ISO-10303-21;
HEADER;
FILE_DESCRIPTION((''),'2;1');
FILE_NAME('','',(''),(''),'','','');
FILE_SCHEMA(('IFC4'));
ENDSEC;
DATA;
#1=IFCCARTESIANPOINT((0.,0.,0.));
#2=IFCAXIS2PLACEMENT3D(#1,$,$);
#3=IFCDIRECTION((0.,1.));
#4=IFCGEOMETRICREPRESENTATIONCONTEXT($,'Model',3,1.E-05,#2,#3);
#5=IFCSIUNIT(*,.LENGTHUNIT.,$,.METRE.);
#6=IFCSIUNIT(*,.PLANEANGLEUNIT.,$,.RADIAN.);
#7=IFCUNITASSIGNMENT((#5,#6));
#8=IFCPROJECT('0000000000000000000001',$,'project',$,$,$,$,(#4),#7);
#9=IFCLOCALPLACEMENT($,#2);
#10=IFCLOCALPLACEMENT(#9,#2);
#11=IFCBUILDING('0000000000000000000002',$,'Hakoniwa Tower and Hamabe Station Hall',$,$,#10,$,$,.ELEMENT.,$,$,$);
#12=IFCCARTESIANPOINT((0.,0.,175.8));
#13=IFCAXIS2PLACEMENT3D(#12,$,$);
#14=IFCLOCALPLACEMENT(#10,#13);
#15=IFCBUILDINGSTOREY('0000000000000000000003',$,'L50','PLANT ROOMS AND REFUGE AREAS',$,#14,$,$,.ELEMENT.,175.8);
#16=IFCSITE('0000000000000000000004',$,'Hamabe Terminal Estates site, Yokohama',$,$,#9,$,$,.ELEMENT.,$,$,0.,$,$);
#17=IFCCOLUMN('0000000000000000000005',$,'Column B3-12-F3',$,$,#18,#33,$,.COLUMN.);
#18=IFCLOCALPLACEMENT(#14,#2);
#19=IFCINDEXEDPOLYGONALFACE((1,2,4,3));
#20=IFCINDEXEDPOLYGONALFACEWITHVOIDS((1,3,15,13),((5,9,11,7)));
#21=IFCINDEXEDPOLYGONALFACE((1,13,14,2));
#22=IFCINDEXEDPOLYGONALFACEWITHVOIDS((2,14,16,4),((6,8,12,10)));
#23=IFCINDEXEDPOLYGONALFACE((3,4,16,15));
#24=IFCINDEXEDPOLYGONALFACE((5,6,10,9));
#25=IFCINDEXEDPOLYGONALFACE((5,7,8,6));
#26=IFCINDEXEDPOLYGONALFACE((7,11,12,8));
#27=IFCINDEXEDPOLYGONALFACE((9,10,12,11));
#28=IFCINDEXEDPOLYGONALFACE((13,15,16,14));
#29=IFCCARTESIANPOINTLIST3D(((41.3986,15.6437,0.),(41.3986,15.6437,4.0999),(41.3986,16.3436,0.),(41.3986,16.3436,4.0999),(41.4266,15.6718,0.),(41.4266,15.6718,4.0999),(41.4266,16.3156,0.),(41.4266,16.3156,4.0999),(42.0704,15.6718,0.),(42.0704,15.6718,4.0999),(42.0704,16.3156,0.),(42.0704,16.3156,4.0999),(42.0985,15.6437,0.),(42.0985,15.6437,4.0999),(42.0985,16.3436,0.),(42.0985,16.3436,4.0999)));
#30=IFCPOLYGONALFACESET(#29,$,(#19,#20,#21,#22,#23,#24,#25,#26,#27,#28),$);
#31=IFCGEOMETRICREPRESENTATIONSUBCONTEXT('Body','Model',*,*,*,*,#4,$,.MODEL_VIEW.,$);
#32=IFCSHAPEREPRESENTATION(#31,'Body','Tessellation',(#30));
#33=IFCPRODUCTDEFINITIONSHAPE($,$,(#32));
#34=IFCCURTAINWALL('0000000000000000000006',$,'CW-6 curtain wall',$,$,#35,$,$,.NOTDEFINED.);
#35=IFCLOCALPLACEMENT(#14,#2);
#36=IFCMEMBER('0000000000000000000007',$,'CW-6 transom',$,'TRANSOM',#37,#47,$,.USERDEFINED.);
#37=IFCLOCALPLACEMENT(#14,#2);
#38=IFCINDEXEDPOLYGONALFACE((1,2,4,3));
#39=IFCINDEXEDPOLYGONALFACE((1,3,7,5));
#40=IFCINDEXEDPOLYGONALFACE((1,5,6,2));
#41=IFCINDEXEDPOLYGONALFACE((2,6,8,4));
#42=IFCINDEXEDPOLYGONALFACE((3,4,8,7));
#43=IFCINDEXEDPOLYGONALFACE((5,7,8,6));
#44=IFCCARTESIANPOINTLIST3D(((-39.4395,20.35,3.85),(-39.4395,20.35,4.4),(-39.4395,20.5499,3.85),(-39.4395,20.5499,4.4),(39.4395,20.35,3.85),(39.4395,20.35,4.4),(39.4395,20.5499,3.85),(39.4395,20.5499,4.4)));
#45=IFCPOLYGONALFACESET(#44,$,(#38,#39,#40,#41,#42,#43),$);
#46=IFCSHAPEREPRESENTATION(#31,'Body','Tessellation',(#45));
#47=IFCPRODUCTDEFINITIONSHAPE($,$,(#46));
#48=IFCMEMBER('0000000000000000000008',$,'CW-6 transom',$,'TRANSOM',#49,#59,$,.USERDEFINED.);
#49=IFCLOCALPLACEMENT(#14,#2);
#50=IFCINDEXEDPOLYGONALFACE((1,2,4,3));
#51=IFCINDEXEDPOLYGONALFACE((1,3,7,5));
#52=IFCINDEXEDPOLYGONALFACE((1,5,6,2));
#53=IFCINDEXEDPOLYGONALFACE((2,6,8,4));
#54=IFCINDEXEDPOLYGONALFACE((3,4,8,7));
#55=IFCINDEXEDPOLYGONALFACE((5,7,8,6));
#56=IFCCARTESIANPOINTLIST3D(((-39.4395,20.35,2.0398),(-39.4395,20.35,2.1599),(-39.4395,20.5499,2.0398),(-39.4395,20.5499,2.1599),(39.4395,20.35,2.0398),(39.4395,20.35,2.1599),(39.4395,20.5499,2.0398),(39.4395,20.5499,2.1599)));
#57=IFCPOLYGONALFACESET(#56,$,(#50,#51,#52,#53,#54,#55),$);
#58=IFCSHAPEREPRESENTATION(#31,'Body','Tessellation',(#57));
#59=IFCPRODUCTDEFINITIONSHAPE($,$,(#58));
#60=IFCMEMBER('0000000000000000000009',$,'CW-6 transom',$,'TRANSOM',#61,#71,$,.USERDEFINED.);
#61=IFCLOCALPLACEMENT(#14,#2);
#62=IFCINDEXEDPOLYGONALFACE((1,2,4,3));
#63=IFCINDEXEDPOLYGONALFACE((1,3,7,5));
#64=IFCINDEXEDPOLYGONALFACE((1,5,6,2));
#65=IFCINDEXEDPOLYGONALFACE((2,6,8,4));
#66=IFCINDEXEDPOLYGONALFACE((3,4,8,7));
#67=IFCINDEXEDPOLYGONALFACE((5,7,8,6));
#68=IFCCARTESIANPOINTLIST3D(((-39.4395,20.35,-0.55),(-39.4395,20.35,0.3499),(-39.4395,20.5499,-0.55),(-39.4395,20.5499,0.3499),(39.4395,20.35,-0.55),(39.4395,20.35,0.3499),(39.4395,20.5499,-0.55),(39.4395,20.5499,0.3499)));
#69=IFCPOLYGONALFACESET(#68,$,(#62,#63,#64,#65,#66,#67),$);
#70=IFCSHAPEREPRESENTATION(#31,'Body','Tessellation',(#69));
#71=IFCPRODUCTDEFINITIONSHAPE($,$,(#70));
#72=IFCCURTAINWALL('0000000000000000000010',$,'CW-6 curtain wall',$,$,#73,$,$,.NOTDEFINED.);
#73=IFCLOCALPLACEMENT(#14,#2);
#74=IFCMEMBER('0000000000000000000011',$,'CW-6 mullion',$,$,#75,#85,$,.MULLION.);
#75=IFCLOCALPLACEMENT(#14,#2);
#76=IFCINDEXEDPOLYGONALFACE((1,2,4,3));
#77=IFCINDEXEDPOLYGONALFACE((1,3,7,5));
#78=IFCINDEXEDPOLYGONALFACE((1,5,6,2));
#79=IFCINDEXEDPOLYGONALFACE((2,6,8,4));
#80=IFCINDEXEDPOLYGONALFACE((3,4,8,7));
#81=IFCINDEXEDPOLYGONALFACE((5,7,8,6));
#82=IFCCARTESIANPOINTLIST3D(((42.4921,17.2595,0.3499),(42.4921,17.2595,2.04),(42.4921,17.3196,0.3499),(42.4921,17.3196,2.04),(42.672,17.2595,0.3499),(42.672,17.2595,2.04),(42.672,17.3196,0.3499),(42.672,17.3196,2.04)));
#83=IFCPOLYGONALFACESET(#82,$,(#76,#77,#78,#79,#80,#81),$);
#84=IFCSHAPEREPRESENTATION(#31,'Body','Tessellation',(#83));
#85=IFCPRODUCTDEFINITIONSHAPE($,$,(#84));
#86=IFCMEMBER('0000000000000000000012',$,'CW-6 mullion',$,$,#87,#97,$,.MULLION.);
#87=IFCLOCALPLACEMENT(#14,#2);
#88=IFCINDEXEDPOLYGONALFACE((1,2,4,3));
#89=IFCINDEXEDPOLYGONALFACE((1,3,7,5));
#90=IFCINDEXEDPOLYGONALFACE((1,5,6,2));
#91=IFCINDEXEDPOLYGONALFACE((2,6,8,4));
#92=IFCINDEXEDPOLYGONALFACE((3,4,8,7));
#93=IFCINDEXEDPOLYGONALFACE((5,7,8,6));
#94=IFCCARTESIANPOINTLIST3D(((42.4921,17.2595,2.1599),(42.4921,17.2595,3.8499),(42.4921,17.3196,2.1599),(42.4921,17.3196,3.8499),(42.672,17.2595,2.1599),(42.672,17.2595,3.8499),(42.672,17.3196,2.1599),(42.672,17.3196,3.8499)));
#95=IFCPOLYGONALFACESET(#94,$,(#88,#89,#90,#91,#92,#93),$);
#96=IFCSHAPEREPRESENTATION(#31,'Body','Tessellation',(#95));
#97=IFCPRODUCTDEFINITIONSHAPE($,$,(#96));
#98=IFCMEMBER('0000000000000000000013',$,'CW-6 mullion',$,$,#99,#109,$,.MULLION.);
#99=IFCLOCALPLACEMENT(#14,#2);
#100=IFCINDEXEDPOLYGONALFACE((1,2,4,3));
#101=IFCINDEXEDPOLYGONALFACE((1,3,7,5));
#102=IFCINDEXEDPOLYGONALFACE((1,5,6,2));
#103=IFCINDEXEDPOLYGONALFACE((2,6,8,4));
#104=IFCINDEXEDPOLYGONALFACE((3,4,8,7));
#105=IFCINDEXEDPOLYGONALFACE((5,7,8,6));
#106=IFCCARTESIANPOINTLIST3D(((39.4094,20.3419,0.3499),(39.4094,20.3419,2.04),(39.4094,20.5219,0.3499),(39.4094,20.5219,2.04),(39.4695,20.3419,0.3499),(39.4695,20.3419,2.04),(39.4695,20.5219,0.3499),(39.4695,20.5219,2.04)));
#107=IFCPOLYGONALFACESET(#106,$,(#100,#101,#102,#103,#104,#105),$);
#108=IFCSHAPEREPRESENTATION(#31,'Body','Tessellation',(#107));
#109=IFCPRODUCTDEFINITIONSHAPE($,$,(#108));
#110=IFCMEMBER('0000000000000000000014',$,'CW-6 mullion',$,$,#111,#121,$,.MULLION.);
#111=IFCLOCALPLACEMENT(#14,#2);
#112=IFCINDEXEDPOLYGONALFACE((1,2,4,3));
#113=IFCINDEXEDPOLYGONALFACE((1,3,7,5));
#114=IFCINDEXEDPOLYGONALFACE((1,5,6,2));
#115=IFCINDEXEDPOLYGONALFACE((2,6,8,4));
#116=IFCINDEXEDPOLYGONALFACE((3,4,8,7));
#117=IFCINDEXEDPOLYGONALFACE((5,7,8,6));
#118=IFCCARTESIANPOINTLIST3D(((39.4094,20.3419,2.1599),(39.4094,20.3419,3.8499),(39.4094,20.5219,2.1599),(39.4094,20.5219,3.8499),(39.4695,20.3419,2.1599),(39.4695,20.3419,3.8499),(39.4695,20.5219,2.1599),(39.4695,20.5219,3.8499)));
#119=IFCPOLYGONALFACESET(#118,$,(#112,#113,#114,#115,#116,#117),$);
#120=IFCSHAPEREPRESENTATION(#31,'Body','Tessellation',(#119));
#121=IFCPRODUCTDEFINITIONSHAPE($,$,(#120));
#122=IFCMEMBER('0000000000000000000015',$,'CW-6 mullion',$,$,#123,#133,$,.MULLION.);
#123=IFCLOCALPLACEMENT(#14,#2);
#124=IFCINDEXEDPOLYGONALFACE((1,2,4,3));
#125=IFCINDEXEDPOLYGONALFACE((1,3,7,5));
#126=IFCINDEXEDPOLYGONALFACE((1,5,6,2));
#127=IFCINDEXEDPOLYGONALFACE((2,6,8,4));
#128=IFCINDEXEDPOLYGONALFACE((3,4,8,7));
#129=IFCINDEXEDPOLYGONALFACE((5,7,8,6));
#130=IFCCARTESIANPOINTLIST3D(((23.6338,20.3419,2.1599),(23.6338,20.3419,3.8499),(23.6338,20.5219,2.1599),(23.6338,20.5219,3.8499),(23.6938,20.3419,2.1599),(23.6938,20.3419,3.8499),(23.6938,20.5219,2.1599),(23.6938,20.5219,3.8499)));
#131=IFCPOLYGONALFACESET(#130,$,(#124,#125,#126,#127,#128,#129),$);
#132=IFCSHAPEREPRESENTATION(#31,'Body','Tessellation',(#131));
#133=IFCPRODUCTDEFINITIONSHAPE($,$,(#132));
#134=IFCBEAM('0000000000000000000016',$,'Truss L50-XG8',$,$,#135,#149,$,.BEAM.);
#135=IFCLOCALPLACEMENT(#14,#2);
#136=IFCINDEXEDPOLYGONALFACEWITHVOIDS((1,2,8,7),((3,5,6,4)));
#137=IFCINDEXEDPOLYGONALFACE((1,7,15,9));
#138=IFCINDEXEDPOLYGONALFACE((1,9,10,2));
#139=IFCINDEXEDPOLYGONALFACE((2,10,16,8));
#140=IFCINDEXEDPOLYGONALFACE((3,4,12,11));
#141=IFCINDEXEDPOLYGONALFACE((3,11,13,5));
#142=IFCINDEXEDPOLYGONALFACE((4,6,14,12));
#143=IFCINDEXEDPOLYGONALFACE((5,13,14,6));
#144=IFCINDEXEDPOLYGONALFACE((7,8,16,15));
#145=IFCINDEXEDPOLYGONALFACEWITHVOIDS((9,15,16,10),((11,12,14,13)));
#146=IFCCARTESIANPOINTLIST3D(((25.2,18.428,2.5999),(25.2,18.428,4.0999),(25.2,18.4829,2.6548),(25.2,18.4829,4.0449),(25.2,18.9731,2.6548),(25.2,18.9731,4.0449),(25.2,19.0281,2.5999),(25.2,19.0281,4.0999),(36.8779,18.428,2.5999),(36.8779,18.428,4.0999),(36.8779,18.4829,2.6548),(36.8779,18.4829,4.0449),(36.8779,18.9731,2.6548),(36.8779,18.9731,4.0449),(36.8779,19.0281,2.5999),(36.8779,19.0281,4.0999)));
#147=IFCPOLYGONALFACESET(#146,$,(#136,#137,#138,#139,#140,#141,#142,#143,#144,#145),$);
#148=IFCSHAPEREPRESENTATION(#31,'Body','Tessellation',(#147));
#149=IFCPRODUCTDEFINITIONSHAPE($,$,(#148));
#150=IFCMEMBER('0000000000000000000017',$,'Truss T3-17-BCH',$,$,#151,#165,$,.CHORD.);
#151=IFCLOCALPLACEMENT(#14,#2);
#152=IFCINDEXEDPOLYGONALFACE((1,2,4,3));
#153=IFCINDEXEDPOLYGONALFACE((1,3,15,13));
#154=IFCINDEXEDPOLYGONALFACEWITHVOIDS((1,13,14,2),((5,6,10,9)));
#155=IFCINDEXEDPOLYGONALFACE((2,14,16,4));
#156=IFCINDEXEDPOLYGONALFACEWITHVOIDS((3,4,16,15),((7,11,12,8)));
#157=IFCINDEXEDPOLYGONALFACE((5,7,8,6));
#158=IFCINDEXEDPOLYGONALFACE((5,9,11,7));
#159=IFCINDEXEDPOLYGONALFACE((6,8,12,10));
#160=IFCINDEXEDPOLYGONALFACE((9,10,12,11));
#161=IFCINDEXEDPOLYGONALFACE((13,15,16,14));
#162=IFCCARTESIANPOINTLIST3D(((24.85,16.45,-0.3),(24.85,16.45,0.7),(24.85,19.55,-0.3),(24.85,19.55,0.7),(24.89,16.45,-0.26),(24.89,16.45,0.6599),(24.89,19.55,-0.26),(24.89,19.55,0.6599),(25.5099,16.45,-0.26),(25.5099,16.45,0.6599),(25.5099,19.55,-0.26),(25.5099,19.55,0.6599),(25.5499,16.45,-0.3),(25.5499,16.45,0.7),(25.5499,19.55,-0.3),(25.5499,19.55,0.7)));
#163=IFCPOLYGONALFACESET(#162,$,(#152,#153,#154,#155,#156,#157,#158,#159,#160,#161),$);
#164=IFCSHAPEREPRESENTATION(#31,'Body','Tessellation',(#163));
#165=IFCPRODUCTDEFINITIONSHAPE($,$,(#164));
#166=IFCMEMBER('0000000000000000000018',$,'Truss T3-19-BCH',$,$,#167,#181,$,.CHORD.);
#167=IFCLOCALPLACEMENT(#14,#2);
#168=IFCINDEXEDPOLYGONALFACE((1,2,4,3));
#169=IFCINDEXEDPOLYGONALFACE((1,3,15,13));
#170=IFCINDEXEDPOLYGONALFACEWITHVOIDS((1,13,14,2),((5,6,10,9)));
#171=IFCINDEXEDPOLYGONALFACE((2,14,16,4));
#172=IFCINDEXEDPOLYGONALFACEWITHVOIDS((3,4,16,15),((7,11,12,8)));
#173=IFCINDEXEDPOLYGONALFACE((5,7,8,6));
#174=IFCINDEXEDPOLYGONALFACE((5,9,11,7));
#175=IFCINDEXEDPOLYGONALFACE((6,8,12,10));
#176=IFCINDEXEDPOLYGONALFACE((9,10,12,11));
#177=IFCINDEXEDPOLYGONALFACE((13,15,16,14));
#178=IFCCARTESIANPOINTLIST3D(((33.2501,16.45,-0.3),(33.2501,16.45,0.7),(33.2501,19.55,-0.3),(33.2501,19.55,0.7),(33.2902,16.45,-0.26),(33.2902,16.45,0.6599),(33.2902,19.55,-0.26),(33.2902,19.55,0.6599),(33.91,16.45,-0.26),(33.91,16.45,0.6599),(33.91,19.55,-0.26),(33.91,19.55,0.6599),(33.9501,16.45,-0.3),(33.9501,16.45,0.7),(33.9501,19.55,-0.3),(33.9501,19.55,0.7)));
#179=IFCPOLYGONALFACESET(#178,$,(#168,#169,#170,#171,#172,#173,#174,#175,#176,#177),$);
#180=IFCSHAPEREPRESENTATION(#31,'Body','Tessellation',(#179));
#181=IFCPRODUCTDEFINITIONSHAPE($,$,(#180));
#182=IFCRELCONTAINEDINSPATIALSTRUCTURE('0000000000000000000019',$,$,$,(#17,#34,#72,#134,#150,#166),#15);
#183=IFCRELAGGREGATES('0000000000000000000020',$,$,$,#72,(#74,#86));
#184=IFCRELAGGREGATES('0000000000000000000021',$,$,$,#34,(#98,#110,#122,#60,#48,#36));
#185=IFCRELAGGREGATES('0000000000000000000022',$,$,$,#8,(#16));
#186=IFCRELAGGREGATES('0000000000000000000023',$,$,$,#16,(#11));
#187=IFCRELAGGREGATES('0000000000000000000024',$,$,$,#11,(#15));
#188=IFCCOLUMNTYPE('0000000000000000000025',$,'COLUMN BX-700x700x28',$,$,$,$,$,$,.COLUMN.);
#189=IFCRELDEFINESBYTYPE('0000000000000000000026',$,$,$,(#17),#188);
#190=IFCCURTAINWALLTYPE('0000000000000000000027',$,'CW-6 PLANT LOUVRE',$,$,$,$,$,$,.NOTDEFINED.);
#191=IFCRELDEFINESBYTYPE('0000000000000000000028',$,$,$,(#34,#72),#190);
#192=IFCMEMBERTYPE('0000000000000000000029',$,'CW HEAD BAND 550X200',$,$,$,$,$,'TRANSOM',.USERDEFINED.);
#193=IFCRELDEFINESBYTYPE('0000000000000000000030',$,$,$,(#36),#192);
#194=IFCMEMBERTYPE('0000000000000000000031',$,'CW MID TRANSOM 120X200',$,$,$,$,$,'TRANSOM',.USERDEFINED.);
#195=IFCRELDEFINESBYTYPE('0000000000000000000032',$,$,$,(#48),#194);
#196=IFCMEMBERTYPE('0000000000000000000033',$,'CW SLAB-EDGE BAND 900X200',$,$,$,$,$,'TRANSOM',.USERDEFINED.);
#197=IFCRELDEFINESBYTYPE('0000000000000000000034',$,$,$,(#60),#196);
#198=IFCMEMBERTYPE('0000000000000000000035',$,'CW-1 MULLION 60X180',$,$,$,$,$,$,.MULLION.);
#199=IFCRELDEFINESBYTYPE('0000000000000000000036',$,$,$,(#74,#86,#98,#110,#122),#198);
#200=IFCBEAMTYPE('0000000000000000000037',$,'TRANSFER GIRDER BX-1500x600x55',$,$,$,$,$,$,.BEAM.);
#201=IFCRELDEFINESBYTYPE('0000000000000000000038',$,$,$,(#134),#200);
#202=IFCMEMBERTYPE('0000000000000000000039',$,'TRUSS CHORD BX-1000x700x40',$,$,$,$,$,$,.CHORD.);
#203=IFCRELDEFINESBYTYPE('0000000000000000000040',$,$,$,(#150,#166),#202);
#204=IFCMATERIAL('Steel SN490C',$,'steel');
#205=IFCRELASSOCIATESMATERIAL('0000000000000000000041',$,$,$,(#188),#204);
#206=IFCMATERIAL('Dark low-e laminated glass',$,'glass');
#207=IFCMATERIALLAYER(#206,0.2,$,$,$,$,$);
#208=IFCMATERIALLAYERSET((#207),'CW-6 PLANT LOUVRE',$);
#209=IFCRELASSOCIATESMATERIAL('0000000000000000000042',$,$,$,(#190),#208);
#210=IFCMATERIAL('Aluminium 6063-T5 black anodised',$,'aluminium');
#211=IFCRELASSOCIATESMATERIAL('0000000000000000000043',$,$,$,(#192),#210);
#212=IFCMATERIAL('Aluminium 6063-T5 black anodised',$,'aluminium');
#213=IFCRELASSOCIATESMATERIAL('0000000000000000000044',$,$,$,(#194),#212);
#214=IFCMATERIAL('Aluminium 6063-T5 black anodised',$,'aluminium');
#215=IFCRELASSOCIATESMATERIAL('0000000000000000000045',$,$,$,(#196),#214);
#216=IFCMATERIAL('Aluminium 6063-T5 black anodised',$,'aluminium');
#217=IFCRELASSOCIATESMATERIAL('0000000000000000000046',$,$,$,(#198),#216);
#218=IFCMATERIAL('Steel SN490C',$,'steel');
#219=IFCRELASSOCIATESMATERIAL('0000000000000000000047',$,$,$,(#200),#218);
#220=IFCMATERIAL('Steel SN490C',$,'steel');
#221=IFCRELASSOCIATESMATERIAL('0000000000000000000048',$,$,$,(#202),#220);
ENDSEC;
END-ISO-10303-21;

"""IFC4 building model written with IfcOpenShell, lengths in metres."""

from ifc_helpers import new_model, si_unit, direction, frame, origin, origin_2d, place, context, subcontext, project, spatial, rectangle, hollow_rectangle, extrude, material, layer, layer_set, material_profile, profile_set, type_object, element, aggregate, save


model = new_model("IFC4")

# Units and contexts
model_context = context("Model", 3, precision=1e-05, world=origin(), true_north=direction((0.0, 1.0)))
body_context = subcontext(model_context, "Body", "Model", "MODEL_VIEW")
ifc_project = project(units=[si_unit("LENGTHUNIT", "METRE"), si_unit("PLANEANGLEUNIT", "RADIAN")], contexts=[model_context])

# Site, building, storey
site_placement = place(None, origin())
site = spatial("IfcSite", under=ifc_project, at=site_placement, Name="Hamabe Terminal Estates site, Yokohama", CompositionType="ELEMENT", RefElevation=0.0)
building_placement = place(site_placement, origin())
building = spatial("IfcBuilding", under=site, at=building_placement, Name="Hakoniwa Tower and Hamabe Station Hall", CompositionType="ELEMENT")
storey_placement = place(building_placement, frame((0.0, 0.0, 175.8)))
storey = spatial("IfcBuildingStorey", under=building, at=storey_placement, Name="L50", Description="PLANT ROOMS AND REFUGE AREAS", CompositionType="ELEMENT", Elevation=175.8)

# Column
ifc_material_1 = material(Name="Steel SN490C", Category="steel")
ifc_material_profile_1 = material_profile(ifc_material_1, hollow_rectangle(XDim=0.7, YDim=0.7, WallThickness=0.0281, at=origin_2d()), Name="BX-700x700x28")
ifc_profile_set_1 = profile_set([ifc_material_profile_1], Name="Steel SN490C")
column_type = type_object("IfcColumnType", Name="COLUMN BX-700x700x28", PredefinedType="COLUMN", material=ifc_profile_set_1)
column_placement = place(storey_placement, frame((41.7485, 15.9937, 0.0), z_axis=(0.0, 0.0, 1.0), x_axis=(1.0, 0.0, 0.0)))
element("IfcColumn", 1, at=column_placement, inside=storey, type_object=column_type, Name="Column B3-12-F3", PredefinedType="COLUMN", context=body_context, shape_type="SweptSolid", body=[
    extrude(hollow_rectangle(XDim=0.7, YDim=0.7, WallThickness=0.0281, at=origin_2d()), origin(), (0.0, 0.0, 1.0), 4.0999),
])

# Curtain walls, members
ifc_material_2 = material(Name="Dark low-e laminated glass", Category="glass")
ifc_layer_1 = layer(ifc_material_2, 0.2)
ifc_layer_set_1 = layer_set([ifc_layer_1], Name="CW-6 PLANT LOUVRE")
curtain_wall_type = type_object("IfcCurtainWallType", Name="CW-6 PLANT LOUVRE", PredefinedType="NOTDEFINED", material=ifc_layer_set_1)
curtain_wall_1_placement = place(storey_placement, origin())
curtain_wall_1 = element("IfcCurtainWall", 2, at=curtain_wall_1_placement, inside=storey, type_object=curtain_wall_type, Name="CW-6 curtain wall", PredefinedType="NOTDEFINED")
ifc_material_3 = material(Name="Aluminium 6063-T5 black anodised", Category="aluminium")
ifc_material_profile_2 = material_profile(ifc_material_3, rectangle(XDim=0.2, YDim=0.55, at=origin_2d()), Name="CW HEAD BAND 550X200")
ifc_profile_set_2 = profile_set([ifc_material_profile_2], Name="Aluminium 6063-T5 black anodised")
member_type_1 = type_object("IfcMemberType", Name="CW HEAD BAND 550X200", ElementType="TRANSOM", PredefinedType="USERDEFINED", material=ifc_profile_set_2)
member_1_placement = place(storey_placement, frame((39.4395, 20.45, 4.125), z_axis=(-1.0, 0.0, 0.0), x_axis=(0.0, -1.0, 0.0)))
member_1 = element("IfcMember", 3, at=member_1_placement, type_object=member_type_1, Name="CW-6 transom", ObjectType="TRANSOM", PredefinedType="USERDEFINED", context=body_context, shape_type="SweptSolid", body=[
    extrude(rectangle(XDim=0.2, YDim=0.55, at=origin_2d()), origin(), (0.0, 0.0, 1.0), 78.8789),
])
ifc_material_4 = material(Name="Aluminium 6063-T5 black anodised", Category="aluminium")
ifc_material_profile_3 = material_profile(ifc_material_4, rectangle(XDim=0.2, YDim=0.1201, at=origin_2d()), Name="CW MID TRANSOM 120X200")
ifc_profile_set_3 = profile_set([ifc_material_profile_3], Name="Aluminium 6063-T5 black anodised")
member_type_2 = type_object("IfcMemberType", Name="CW MID TRANSOM 120X200", ElementType="TRANSOM", PredefinedType="USERDEFINED", material=ifc_profile_set_3)
member_2_placement = place(storey_placement, frame((39.4395, 20.45, 2.0999), z_axis=(-1.0, 0.0, 0.0), x_axis=(0.0, -1.0, 0.0)))
member_2 = element("IfcMember", 4, at=member_2_placement, type_object=member_type_2, Name="CW-6 transom", ObjectType="TRANSOM", PredefinedType="USERDEFINED", context=body_context, shape_type="SweptSolid", body=[
    extrude(rectangle(XDim=0.2, YDim=0.1201, at=origin_2d()), origin(), (0.0, 0.0, 1.0), 78.8789),
])
ifc_material_5 = material(Name="Aluminium 6063-T5 black anodised", Category="aluminium")
ifc_material_profile_4 = material_profile(ifc_material_5, rectangle(XDim=0.2, YDim=0.8999, at=origin_2d()), Name="CW SLAB-EDGE BAND 900X200")
ifc_profile_set_4 = profile_set([ifc_material_profile_4], Name="Aluminium 6063-T5 black anodised")
member_type_3 = type_object("IfcMemberType", Name="CW SLAB-EDGE BAND 900X200", ElementType="TRANSOM", PredefinedType="USERDEFINED", material=ifc_profile_set_4)
member_3_placement = place(storey_placement, frame((39.4395, 20.45, -0.1001), z_axis=(-1.0, 0.0, 0.0), x_axis=(0.0, -1.0, 0.0)))
member_3 = element("IfcMember", 5, at=member_3_placement, type_object=member_type_3, Name="CW-6 transom", ObjectType="TRANSOM", PredefinedType="USERDEFINED", context=body_context, shape_type="SweptSolid", body=[
    extrude(rectangle(XDim=0.2, YDim=0.8999, at=origin_2d()), origin(), (0.0, 0.0, 1.0), 78.8789),
])
curtain_wall_2_placement = place(storey_placement, origin())
curtain_wall_2 = element("IfcCurtainWall", 6, at=curtain_wall_2_placement, inside=storey, type_object=curtain_wall_type, Name="CW-6 curtain wall", PredefinedType="NOTDEFINED")
ifc_material_6 = material(Name="Aluminium 6063-T5 black anodised", Category="aluminium")
ifc_material_profile_5 = material_profile(ifc_material_6, rectangle(XDim=0.0601, YDim=0.1799, at=origin_2d()), Name="CW-1 MULLION 60X180")
ifc_profile_set_5 = profile_set([ifc_material_profile_5], Name="Aluminium 6063-T5 black anodised")
member_type_4 = type_object("IfcMemberType", Name="CW-1 MULLION 60X180", PredefinedType="MULLION", material=ifc_profile_set_5)
member_4_placement = place(storey_placement, frame((42.582, 17.2896, 0.3499), z_axis=(0.0, 0.0, 1.0), x_axis=(0.0, 1.0, 0.0)))
member_4 = element("IfcMember", 7, at=member_4_placement, type_object=member_type_4, Name="CW-6 mullion", PredefinedType="MULLION", context=body_context, shape_type="SweptSolid", body=[
    extrude(rectangle(XDim=0.0601, YDim=0.1799, at=origin_2d()), origin(), (0.0, 0.0, 1.0), 1.6902),
])
member_5_placement = place(storey_placement, frame((42.582, 17.2896, 2.1599), z_axis=(0.0, 0.0, 1.0), x_axis=(0.0, 1.0, 0.0)))
member_5 = element("IfcMember", 8, at=member_5_placement, type_object=member_type_4, Name="CW-6 mullion", PredefinedType="MULLION", context=body_context, shape_type="SweptSolid", body=[
    extrude(rectangle(XDim=0.0601, YDim=0.1799, at=origin_2d()), origin(), (0.0, 0.0, 1.0), 1.6899),
])

# Members
member_6_placement = place(storey_placement, frame((39.4395, 20.4319, 0.3499), z_axis=(0.0, 0.0, 1.0), x_axis=(-1.0, 0.0, 0.0)))
member_6 = element("IfcMember", 9, at=member_6_placement, type_object=member_type_4, Name="CW-6 mullion", PredefinedType="MULLION", context=body_context, shape_type="SweptSolid", body=[
    extrude(rectangle(XDim=0.0601, YDim=0.1799, at=origin_2d()), origin(), (0.0, 0.0, 1.0), 1.6902),
])
member_7_placement = place(storey_placement, frame((39.4395, 20.4319, 2.1599), z_axis=(0.0, 0.0, 1.0), x_axis=(-1.0, 0.0, 0.0)))
member_7 = element("IfcMember", 10, at=member_7_placement, type_object=member_type_4, Name="CW-6 mullion", PredefinedType="MULLION", context=body_context, shape_type="SweptSolid", body=[
    extrude(rectangle(XDim=0.0601, YDim=0.1799, at=origin_2d()), origin(), (0.0, 0.0, 1.0), 1.6899),
])
member_8_placement = place(storey_placement, frame((23.6638, 20.4319, 2.1599), z_axis=(0.0, 0.0, 1.0), x_axis=(-1.0, 0.0, 0.0)))
member_8 = element("IfcMember", 11, at=member_8_placement, type_object=member_type_4, Name="CW-6 mullion", PredefinedType="MULLION", context=body_context, shape_type="SweptSolid", body=[
    extrude(rectangle(XDim=0.0601, YDim=0.1799, at=origin_2d()), origin(), (0.0, 0.0, 1.0), 1.6899),
])

# Beam
ifc_material_7 = material(Name="Steel SN490C", Category="steel")
ifc_material_profile_6 = material_profile(ifc_material_7, hollow_rectangle(XDim=0.6001, YDim=1.5, WallThickness=0.0549, at=origin_2d()), Name="BX-1500x600x55")
ifc_profile_set_6 = profile_set([ifc_material_profile_6], Name="Steel SN490C")
beam_type = type_object("IfcBeamType", Name="TRANSFER GIRDER BX-1500x600x55", PredefinedType="BEAM", material=ifc_profile_set_6)
beam_placement = place(storey_placement, frame((25.2, 18.728, 3.3499), z_axis=(1.0, 0.0, 0.0), x_axis=(0.0, 1.0, 0.0)))
element("IfcBeam", 12, at=beam_placement, inside=storey, type_object=beam_type, Name="Truss L50-XG8", PredefinedType="BEAM", context=body_context, shape_type="SweptSolid", body=[
    extrude(hollow_rectangle(XDim=0.6001, YDim=1.5, WallThickness=0.0549, at=origin_2d()), origin(), (0.0, 0.0, 1.0), 11.678),
])

# Members
ifc_material_8 = material(Name="Steel SN490C", Category="steel")
ifc_material_profile_7 = material_profile(ifc_material_8, hollow_rectangle(XDim=0.7, YDim=1.0, WallThickness=0.04, at=origin_2d()), Name="BX-1000x700x40")
ifc_profile_set_7 = profile_set([ifc_material_profile_7], Name="Steel SN490C")
member_type_5 = type_object("IfcMemberType", Name="TRUSS CHORD BX-1000x700x40", PredefinedType="CHORD", material=ifc_profile_set_7)
for number, where, z_axis, x_axis, name in (
    (13, (25.2, 16.45, 0.2), (0.0, 1.0, 0.0), (-1.0, 0.0, 0.0), "Truss T3-17-BCH"),
    (14, (33.6001, 16.45, 0.2), (0.0, 1.0, 0.0), (-1.0, 0.0, 0.0), "Truss T3-19-BCH"),
):
    element("IfcMember", number, at=place(storey_placement, frame(where, z_axis=z_axis, x_axis=x_axis)), inside=storey, type_object=member_type_5, Name=name, PredefinedType="CHORD", context=body_context, shape_type="SweptSolid", body=[
        extrude(hollow_rectangle(XDim=0.7, YDim=1.0, WallThickness=0.04, at=origin_2d()), origin(), (0.0, 0.0, 1.0), 3.1001),
    ])

aggregate(curtain_wall_2, [member_4, member_5])
aggregate(curtain_wall_1, [member_6, member_7, member_8, member_3, member_2, member_1])

save(model, "model.ifc")
